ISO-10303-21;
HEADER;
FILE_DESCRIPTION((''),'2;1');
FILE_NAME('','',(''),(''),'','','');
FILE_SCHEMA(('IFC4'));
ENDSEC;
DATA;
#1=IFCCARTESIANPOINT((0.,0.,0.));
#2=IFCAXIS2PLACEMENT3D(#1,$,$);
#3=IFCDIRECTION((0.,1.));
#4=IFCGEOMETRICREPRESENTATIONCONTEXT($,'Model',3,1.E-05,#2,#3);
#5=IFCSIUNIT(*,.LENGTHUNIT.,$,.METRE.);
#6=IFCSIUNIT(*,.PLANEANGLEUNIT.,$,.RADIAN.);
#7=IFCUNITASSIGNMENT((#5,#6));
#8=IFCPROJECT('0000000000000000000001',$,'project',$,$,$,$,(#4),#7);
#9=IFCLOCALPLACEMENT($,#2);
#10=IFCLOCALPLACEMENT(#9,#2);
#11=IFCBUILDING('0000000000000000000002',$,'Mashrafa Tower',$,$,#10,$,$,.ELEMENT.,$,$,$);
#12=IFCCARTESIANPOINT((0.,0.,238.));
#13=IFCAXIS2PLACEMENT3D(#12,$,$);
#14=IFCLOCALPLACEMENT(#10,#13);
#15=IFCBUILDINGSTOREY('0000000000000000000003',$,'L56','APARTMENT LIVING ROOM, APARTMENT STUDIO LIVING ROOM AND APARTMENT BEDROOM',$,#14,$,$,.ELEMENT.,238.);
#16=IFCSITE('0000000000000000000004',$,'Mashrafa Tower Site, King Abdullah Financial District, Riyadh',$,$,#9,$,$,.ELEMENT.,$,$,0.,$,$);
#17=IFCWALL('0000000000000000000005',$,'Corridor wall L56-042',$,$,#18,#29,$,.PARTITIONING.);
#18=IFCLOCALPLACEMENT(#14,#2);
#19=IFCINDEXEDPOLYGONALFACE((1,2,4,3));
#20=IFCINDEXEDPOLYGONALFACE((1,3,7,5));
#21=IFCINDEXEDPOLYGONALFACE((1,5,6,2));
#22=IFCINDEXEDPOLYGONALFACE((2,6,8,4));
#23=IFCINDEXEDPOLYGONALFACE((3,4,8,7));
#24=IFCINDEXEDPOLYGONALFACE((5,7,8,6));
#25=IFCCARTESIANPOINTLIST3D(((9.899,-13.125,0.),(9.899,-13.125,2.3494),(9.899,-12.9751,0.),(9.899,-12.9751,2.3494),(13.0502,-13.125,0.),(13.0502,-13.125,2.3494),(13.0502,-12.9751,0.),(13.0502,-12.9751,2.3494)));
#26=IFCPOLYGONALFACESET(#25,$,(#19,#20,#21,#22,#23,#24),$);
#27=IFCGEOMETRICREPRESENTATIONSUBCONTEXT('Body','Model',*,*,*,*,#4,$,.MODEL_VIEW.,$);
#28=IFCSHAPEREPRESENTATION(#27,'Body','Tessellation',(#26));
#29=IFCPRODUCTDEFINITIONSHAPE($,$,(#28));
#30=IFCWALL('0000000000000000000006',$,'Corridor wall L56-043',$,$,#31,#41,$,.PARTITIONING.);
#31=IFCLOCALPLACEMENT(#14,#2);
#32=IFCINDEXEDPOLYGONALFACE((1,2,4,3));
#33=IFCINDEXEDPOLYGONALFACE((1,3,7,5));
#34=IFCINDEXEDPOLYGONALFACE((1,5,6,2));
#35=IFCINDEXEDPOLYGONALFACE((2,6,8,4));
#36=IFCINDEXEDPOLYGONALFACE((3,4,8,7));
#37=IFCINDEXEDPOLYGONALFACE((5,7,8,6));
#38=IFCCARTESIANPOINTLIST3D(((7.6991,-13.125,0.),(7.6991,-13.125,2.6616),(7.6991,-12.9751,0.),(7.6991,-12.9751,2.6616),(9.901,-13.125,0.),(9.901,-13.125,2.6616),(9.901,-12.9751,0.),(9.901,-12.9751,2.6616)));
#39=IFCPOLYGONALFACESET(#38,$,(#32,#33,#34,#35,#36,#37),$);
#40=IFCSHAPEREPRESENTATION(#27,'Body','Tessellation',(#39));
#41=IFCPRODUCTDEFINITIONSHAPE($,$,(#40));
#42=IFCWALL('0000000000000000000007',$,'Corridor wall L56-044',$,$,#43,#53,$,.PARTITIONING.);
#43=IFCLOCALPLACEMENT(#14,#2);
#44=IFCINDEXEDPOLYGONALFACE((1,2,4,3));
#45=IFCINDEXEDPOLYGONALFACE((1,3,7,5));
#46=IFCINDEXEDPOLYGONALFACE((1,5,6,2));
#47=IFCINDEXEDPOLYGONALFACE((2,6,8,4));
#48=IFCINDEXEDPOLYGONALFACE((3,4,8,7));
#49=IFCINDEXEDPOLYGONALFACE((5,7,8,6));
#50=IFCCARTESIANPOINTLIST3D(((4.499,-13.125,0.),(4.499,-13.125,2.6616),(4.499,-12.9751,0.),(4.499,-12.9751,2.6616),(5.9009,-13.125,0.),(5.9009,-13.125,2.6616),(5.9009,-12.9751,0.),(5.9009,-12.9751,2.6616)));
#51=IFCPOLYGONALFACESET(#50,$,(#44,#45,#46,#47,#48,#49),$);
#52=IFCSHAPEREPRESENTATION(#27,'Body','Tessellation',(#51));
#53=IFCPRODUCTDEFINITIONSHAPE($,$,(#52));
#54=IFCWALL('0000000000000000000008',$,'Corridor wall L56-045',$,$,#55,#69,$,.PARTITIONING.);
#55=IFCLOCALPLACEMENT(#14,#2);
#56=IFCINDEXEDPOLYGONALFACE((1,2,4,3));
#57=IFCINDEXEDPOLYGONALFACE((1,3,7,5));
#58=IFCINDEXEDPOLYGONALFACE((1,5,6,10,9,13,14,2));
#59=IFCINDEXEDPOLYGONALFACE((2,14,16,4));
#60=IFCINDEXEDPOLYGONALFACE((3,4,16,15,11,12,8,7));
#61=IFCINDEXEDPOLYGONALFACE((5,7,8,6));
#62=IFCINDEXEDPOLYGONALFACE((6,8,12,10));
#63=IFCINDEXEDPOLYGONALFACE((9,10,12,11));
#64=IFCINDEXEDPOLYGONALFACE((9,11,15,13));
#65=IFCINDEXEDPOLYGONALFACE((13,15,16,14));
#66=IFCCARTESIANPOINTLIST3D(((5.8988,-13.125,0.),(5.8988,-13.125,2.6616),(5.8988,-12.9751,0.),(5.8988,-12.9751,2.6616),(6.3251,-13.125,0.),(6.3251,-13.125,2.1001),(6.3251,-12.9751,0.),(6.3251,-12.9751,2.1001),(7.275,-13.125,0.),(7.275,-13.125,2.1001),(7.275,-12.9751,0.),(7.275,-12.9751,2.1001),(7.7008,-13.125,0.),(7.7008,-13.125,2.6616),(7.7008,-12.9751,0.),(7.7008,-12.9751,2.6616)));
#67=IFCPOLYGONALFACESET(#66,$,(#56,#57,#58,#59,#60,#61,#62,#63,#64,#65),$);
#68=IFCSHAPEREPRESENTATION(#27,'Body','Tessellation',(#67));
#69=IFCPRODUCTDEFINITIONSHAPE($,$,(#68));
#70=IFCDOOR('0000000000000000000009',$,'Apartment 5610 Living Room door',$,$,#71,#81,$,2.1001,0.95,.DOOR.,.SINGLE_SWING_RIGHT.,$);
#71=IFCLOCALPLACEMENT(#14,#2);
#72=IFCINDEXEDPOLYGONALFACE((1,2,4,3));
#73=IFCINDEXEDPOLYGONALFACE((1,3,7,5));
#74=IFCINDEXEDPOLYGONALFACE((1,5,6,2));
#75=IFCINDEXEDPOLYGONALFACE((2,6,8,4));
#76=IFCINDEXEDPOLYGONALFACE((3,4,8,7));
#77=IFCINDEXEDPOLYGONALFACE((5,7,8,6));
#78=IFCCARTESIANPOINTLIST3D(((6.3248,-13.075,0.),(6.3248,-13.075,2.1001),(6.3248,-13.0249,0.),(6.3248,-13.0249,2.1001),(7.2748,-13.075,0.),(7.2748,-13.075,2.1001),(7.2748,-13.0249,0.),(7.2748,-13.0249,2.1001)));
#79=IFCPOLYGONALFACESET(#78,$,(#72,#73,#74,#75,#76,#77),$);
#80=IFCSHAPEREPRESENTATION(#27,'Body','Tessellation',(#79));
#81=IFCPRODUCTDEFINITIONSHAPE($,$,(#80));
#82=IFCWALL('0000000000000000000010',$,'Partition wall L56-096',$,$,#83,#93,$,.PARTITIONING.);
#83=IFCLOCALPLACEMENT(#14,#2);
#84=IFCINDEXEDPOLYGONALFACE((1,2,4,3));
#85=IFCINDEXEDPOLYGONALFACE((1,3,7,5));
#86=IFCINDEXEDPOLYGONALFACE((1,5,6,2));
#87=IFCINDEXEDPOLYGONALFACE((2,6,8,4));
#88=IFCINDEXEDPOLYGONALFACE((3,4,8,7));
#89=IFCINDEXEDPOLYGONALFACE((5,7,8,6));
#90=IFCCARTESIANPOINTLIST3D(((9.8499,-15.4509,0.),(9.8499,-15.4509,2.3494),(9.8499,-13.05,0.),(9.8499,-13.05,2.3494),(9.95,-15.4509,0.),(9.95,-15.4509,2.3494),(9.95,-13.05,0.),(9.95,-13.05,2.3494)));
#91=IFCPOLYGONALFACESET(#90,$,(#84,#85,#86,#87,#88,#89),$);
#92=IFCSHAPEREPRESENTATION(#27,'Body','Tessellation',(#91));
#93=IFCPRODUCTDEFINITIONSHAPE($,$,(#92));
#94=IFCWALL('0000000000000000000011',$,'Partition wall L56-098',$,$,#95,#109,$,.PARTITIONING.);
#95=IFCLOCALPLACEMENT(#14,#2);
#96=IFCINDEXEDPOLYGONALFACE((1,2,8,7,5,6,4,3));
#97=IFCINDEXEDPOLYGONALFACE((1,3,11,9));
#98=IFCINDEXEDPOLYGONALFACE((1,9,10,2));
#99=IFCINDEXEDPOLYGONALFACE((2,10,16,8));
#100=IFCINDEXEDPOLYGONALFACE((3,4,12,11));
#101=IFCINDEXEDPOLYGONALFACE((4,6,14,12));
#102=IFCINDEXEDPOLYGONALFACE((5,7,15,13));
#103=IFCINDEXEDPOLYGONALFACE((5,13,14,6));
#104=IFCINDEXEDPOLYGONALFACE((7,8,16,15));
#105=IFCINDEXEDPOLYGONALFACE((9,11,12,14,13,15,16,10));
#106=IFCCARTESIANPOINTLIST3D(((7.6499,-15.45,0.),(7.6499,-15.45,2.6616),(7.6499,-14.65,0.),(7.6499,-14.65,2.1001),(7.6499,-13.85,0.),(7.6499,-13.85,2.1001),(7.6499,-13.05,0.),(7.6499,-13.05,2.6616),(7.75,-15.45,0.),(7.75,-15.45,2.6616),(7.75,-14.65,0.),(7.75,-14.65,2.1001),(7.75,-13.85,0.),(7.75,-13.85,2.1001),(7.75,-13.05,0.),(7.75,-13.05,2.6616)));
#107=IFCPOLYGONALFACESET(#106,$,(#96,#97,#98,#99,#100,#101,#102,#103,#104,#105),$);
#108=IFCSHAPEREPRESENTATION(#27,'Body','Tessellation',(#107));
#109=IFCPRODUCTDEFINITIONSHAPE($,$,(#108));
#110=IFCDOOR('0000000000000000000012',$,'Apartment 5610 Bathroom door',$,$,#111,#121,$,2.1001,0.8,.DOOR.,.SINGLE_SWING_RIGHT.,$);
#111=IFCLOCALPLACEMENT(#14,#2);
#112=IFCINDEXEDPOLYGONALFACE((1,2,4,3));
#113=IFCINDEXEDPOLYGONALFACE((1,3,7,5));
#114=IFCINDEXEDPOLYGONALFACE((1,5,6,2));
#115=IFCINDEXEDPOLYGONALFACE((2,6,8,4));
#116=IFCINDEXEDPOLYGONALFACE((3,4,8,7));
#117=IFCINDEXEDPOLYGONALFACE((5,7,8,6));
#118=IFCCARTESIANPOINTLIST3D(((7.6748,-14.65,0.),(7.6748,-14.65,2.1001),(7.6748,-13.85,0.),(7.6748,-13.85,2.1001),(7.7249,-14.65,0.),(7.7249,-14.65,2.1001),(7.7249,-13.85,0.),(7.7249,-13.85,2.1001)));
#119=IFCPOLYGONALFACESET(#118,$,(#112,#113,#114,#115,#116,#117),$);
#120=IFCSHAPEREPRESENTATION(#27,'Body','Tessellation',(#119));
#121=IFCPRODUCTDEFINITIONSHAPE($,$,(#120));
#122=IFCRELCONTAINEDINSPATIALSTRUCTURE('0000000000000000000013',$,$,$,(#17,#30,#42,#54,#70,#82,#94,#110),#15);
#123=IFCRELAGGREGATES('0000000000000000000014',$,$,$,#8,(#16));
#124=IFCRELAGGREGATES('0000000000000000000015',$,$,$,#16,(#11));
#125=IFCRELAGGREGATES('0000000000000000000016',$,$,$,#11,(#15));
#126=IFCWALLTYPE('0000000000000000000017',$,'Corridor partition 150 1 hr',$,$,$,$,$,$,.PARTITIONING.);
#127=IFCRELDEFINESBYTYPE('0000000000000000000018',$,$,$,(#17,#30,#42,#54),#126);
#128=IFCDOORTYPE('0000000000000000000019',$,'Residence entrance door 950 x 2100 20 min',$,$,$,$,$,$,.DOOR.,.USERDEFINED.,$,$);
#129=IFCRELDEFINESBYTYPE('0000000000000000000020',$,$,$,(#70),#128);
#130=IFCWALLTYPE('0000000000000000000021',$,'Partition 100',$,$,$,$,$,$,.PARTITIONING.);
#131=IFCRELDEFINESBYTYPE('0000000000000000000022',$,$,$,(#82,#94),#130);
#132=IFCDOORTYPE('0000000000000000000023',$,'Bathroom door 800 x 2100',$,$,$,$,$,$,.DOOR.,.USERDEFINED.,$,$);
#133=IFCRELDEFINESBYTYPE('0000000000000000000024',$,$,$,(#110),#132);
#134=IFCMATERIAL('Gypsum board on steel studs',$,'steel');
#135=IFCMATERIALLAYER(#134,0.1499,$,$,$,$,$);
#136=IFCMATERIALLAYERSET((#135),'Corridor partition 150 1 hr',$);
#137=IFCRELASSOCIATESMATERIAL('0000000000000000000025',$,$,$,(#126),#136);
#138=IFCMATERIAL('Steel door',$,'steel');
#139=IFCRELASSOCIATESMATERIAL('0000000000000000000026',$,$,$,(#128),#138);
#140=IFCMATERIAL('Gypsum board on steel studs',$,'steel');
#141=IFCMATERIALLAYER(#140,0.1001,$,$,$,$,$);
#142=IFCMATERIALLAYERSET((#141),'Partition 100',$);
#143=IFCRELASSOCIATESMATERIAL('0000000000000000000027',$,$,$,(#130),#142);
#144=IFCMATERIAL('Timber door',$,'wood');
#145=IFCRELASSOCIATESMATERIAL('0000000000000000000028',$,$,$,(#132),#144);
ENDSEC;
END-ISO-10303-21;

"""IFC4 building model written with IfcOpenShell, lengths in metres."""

from ifc_helpers import new_model, si_unit, direction, frame, frame_2d, origin, place, context, subcontext, project, spatial, rectangle, extrude, material, layer, layer_set, type_object, element, fill, save


model = new_model("IFC4")

# Units and contexts
model_context = context("Model", 3, precision=1e-05, world=origin(), true_north=direction((0.0, 1.0)))
body_context = subcontext(model_context, "Body", "Model", "MODEL_VIEW")
ifc_project = project(units=[si_unit("LENGTHUNIT", "METRE"), si_unit("PLANEANGLEUNIT", "RADIAN")], contexts=[model_context])

# Site, building, storey
site_placement = place(None, origin())
site = spatial("IfcSite", under=ifc_project, at=site_placement, Name="Mashrafa Tower Site, King Abdullah Financial District, Riyadh", CompositionType="ELEMENT", RefElevation=0.0)
building_placement = place(site_placement, origin())
building = spatial("IfcBuilding", under=site, at=building_placement, Name="Mashrafa Tower", CompositionType="ELEMENT")
storey_placement = place(building_placement, frame((0.0, 0.0, 238.0)))
storey = spatial("IfcBuildingStorey", under=building, at=storey_placement, Name="L56", Description="APARTMENT LIVING ROOM, APARTMENT STUDIO LIVING ROOM AND APARTMENT BEDROOM", CompositionType="ELEMENT", Elevation=238.0)

# Shared definitions
ifc_material_1 = material(Name="Gypsum board on steel studs", Category="steel")
ifc_layer_1 = layer(ifc_material_1, 0.1499)
ifc_layer_set_1 = layer_set([ifc_layer_1], Name="Corridor partition 150 1 hr")
wall_type_1 = type_object("IfcWallType", Name="Corridor partition 150 1 hr", PredefinedType="PARTITIONING", material=ifc_layer_set_1)
ifc_material_2 = material(Name="Steel door", Category="steel")
door_type_1 = type_object("IfcDoorType", Name="Residence entrance door 950 x 2100 20 min", OperationType="USERDEFINED", PredefinedType="DOOR", material=ifc_material_2)

# Walls
wall_1_placement = place(storey_placement, frame((9.8989, -13.05, 0.0), z_axis=(0.0, 0.0, 1.0), x_axis=(1.0, 0.0, 0.0)))
element("IfcWall", 1, at=wall_1_placement, inside=storey, type_object=wall_type_1, Name="Corridor wall L56-042", PredefinedType="PARTITIONING", context=body_context, shape_type="SweptSolid", body=[
    extrude(rectangle(XDim=3.1511, YDim=0.1499, at=frame_2d((1.5757, 0.0))), origin(), (0.0, 0.0, 1.0), 2.3494),
])
wall_2_placement = place(storey_placement, frame((7.699, -13.05, 0.0), z_axis=(0.0, 0.0, 1.0), x_axis=(1.0, 0.0, 0.0)))
element("IfcWall", 2, at=wall_2_placement, inside=storey, type_object=wall_type_1, Name="Corridor wall L56-043", PredefinedType="PARTITIONING", context=body_context, shape_type="SweptSolid", body=[
    extrude(rectangle(XDim=2.2019, YDim=0.1499, at=frame_2d((1.1011, 0.0))), origin(), (0.0, 0.0, 1.0), 2.6616),
])
wall_3_placement = place(storey_placement, frame((4.499, -13.05, 0.0), z_axis=(0.0, 0.0, 1.0), x_axis=(1.0, 0.0, 0.0)))
element("IfcWall", 3, at=wall_3_placement, inside=storey, type_object=wall_type_1, Name="Corridor wall L56-044", PredefinedType="PARTITIONING", context=body_context, shape_type="SweptSolid", body=[
    extrude(rectangle(XDim=1.4019, YDim=0.1499, at=frame_2d((0.7009, 0.0))), origin(), (0.0, 0.0, 1.0), 2.6616),
])

# Wall, opening, door
wall_4_placement = place(storey_placement, frame((5.8989, -13.05, 0.0), z_axis=(0.0, 0.0, 1.0), x_axis=(1.0, 0.0, 0.0)))
wall_4 = element("IfcWall", 4, at=wall_4_placement, inside=storey, type_object=wall_type_1, Name="Corridor wall L56-045", PredefinedType="PARTITIONING", context=body_context, shape_type="SweptSolid", body=[
    extrude(rectangle(XDim=1.802, YDim=0.1499, at=frame_2d((0.9009, 0.0))), origin(), (0.0, 0.0, 1.0), 2.6616),
])
opening_1_placement = place(wall_4_placement, frame((0.426, 0.0, 0.0)))
opening_1 = element("IfcOpeningElement", 5, at=opening_1_placement, cuts=wall_4, PredefinedType="OPENING", context=body_context, shape_type="SweptSolid", body=[
    extrude(rectangle(XDim=0.95, YDim=2.1001, at=frame_2d((0.4751, 1.05))), frame((0.0, 0.085, 0.0), z_axis=(0.0, -1.0, 0.0), x_axis=(1.0, 0.0, 0.0)), (0.0, 0.0, 1.0), 0.1699),
])
door_1_placement = place(opening_1_placement, frame((0.95, 0.0, 0.0), z_axis=(0.0, 0.0, 1.0), x_axis=(-1.0, 0.0, 0.0)))
door_1 = element("IfcDoor", 6, at=door_1_placement, inside=storey, type_object=door_type_1, Name="Apartment 5610 Living Room door", OperationType="SINGLE_SWING_RIGHT", OverallHeight=2.1001, OverallWidth=0.95, PredefinedType="DOOR", context=body_context, shape_type="SweptSolid", body=[
    extrude(rectangle(XDim=0.95, YDim=2.1001, at=frame_2d((0.4751, 1.05))), frame((0.0, 0.0249, 0.0), z_axis=(0.0, -1.0, 0.0), x_axis=(1.0, 0.0, 0.0)), (0.0, 0.0, 1.0), 0.05),
])
fill(opening_1, door_1)

# Wall
ifc_material_3 = material(Name="Gypsum board on steel studs", Category="steel")
ifc_layer_2 = layer(ifc_material_3, 0.1001)
ifc_layer_set_2 = layer_set([ifc_layer_2], Name="Partition 100")
wall_type_2 = type_object("IfcWallType", Name="Partition 100", PredefinedType="PARTITIONING", material=ifc_layer_set_2)
wall_5_placement = place(storey_placement, frame((9.8999, -13.05, 0.0), z_axis=(0.0, 0.0, 1.0), x_axis=(0.0, -1.0, 0.0)))
element("IfcWall", 7, at=wall_5_placement, inside=storey, type_object=wall_type_2, Name="Partition wall L56-096", PredefinedType="PARTITIONING", context=body_context, shape_type="SweptSolid", body=[
    extrude(rectangle(XDim=2.4009, YDim=0.1001, at=frame_2d((1.2004, 0.0))), origin(), (0.0, 0.0, 1.0), 2.3494),
])

# Wall, opening, door
wall_6_placement = place(storey_placement, frame((7.7, -13.05, 0.0), z_axis=(0.0, 0.0, 1.0), x_axis=(0.0, -1.0, 0.0)))
wall_6 = element("IfcWall", 8, at=wall_6_placement, inside=storey, type_object=wall_type_2, Name="Partition wall L56-098", PredefinedType="PARTITIONING", context=body_context, shape_type="SweptSolid", body=[
    extrude(rectangle(XDim=2.3999, YDim=0.1001, at=frame_2d((1.2, 0.0))), origin(), (0.0, 0.0, 1.0), 2.6616),
])
opening_2_placement = place(wall_6_placement, frame((0.8, 0.0, 0.0)))
opening_2 = element("IfcOpeningElement", 9, at=opening_2_placement, cuts=wall_6, PredefinedType="OPENING", context=body_context, shape_type="SweptSolid", body=[
    extrude(rectangle(XDim=0.8, YDim=2.1001, at=frame_2d((0.3999, 1.05))), frame((0.0, 0.0601, 0.0), z_axis=(0.0, -1.0, 0.0), x_axis=(1.0, 0.0, 0.0)), (0.0, 0.0, 1.0), 0.1201),
])
ifc_material_4 = material(Name="Timber door", Category="wood")
door_type_2 = type_object("IfcDoorType", Name="Bathroom door 800 x 2100", OperationType="USERDEFINED", PredefinedType="DOOR", material=ifc_material_4)
door_2_placement = place(opening_2_placement, origin())
door_2 = element("IfcDoor", 10, at=door_2_placement, inside=storey, type_object=door_type_2, Name="Apartment 5610 Bathroom door", OperationType="SINGLE_SWING_RIGHT", OverallHeight=2.1001, OverallWidth=0.8, PredefinedType="DOOR", context=body_context, shape_type="SweptSolid", body=[
    extrude(rectangle(XDim=0.8, YDim=2.1001, at=frame_2d((0.3999, 1.05))), frame((0.0, 0.0249, 0.0), z_axis=(0.0, -1.0, 0.0), x_axis=(1.0, 0.0, 0.0)), (0.0, 0.0, 1.0), 0.05),
])
fill(opening_2, door_2)

save(model, "model.ifc")
